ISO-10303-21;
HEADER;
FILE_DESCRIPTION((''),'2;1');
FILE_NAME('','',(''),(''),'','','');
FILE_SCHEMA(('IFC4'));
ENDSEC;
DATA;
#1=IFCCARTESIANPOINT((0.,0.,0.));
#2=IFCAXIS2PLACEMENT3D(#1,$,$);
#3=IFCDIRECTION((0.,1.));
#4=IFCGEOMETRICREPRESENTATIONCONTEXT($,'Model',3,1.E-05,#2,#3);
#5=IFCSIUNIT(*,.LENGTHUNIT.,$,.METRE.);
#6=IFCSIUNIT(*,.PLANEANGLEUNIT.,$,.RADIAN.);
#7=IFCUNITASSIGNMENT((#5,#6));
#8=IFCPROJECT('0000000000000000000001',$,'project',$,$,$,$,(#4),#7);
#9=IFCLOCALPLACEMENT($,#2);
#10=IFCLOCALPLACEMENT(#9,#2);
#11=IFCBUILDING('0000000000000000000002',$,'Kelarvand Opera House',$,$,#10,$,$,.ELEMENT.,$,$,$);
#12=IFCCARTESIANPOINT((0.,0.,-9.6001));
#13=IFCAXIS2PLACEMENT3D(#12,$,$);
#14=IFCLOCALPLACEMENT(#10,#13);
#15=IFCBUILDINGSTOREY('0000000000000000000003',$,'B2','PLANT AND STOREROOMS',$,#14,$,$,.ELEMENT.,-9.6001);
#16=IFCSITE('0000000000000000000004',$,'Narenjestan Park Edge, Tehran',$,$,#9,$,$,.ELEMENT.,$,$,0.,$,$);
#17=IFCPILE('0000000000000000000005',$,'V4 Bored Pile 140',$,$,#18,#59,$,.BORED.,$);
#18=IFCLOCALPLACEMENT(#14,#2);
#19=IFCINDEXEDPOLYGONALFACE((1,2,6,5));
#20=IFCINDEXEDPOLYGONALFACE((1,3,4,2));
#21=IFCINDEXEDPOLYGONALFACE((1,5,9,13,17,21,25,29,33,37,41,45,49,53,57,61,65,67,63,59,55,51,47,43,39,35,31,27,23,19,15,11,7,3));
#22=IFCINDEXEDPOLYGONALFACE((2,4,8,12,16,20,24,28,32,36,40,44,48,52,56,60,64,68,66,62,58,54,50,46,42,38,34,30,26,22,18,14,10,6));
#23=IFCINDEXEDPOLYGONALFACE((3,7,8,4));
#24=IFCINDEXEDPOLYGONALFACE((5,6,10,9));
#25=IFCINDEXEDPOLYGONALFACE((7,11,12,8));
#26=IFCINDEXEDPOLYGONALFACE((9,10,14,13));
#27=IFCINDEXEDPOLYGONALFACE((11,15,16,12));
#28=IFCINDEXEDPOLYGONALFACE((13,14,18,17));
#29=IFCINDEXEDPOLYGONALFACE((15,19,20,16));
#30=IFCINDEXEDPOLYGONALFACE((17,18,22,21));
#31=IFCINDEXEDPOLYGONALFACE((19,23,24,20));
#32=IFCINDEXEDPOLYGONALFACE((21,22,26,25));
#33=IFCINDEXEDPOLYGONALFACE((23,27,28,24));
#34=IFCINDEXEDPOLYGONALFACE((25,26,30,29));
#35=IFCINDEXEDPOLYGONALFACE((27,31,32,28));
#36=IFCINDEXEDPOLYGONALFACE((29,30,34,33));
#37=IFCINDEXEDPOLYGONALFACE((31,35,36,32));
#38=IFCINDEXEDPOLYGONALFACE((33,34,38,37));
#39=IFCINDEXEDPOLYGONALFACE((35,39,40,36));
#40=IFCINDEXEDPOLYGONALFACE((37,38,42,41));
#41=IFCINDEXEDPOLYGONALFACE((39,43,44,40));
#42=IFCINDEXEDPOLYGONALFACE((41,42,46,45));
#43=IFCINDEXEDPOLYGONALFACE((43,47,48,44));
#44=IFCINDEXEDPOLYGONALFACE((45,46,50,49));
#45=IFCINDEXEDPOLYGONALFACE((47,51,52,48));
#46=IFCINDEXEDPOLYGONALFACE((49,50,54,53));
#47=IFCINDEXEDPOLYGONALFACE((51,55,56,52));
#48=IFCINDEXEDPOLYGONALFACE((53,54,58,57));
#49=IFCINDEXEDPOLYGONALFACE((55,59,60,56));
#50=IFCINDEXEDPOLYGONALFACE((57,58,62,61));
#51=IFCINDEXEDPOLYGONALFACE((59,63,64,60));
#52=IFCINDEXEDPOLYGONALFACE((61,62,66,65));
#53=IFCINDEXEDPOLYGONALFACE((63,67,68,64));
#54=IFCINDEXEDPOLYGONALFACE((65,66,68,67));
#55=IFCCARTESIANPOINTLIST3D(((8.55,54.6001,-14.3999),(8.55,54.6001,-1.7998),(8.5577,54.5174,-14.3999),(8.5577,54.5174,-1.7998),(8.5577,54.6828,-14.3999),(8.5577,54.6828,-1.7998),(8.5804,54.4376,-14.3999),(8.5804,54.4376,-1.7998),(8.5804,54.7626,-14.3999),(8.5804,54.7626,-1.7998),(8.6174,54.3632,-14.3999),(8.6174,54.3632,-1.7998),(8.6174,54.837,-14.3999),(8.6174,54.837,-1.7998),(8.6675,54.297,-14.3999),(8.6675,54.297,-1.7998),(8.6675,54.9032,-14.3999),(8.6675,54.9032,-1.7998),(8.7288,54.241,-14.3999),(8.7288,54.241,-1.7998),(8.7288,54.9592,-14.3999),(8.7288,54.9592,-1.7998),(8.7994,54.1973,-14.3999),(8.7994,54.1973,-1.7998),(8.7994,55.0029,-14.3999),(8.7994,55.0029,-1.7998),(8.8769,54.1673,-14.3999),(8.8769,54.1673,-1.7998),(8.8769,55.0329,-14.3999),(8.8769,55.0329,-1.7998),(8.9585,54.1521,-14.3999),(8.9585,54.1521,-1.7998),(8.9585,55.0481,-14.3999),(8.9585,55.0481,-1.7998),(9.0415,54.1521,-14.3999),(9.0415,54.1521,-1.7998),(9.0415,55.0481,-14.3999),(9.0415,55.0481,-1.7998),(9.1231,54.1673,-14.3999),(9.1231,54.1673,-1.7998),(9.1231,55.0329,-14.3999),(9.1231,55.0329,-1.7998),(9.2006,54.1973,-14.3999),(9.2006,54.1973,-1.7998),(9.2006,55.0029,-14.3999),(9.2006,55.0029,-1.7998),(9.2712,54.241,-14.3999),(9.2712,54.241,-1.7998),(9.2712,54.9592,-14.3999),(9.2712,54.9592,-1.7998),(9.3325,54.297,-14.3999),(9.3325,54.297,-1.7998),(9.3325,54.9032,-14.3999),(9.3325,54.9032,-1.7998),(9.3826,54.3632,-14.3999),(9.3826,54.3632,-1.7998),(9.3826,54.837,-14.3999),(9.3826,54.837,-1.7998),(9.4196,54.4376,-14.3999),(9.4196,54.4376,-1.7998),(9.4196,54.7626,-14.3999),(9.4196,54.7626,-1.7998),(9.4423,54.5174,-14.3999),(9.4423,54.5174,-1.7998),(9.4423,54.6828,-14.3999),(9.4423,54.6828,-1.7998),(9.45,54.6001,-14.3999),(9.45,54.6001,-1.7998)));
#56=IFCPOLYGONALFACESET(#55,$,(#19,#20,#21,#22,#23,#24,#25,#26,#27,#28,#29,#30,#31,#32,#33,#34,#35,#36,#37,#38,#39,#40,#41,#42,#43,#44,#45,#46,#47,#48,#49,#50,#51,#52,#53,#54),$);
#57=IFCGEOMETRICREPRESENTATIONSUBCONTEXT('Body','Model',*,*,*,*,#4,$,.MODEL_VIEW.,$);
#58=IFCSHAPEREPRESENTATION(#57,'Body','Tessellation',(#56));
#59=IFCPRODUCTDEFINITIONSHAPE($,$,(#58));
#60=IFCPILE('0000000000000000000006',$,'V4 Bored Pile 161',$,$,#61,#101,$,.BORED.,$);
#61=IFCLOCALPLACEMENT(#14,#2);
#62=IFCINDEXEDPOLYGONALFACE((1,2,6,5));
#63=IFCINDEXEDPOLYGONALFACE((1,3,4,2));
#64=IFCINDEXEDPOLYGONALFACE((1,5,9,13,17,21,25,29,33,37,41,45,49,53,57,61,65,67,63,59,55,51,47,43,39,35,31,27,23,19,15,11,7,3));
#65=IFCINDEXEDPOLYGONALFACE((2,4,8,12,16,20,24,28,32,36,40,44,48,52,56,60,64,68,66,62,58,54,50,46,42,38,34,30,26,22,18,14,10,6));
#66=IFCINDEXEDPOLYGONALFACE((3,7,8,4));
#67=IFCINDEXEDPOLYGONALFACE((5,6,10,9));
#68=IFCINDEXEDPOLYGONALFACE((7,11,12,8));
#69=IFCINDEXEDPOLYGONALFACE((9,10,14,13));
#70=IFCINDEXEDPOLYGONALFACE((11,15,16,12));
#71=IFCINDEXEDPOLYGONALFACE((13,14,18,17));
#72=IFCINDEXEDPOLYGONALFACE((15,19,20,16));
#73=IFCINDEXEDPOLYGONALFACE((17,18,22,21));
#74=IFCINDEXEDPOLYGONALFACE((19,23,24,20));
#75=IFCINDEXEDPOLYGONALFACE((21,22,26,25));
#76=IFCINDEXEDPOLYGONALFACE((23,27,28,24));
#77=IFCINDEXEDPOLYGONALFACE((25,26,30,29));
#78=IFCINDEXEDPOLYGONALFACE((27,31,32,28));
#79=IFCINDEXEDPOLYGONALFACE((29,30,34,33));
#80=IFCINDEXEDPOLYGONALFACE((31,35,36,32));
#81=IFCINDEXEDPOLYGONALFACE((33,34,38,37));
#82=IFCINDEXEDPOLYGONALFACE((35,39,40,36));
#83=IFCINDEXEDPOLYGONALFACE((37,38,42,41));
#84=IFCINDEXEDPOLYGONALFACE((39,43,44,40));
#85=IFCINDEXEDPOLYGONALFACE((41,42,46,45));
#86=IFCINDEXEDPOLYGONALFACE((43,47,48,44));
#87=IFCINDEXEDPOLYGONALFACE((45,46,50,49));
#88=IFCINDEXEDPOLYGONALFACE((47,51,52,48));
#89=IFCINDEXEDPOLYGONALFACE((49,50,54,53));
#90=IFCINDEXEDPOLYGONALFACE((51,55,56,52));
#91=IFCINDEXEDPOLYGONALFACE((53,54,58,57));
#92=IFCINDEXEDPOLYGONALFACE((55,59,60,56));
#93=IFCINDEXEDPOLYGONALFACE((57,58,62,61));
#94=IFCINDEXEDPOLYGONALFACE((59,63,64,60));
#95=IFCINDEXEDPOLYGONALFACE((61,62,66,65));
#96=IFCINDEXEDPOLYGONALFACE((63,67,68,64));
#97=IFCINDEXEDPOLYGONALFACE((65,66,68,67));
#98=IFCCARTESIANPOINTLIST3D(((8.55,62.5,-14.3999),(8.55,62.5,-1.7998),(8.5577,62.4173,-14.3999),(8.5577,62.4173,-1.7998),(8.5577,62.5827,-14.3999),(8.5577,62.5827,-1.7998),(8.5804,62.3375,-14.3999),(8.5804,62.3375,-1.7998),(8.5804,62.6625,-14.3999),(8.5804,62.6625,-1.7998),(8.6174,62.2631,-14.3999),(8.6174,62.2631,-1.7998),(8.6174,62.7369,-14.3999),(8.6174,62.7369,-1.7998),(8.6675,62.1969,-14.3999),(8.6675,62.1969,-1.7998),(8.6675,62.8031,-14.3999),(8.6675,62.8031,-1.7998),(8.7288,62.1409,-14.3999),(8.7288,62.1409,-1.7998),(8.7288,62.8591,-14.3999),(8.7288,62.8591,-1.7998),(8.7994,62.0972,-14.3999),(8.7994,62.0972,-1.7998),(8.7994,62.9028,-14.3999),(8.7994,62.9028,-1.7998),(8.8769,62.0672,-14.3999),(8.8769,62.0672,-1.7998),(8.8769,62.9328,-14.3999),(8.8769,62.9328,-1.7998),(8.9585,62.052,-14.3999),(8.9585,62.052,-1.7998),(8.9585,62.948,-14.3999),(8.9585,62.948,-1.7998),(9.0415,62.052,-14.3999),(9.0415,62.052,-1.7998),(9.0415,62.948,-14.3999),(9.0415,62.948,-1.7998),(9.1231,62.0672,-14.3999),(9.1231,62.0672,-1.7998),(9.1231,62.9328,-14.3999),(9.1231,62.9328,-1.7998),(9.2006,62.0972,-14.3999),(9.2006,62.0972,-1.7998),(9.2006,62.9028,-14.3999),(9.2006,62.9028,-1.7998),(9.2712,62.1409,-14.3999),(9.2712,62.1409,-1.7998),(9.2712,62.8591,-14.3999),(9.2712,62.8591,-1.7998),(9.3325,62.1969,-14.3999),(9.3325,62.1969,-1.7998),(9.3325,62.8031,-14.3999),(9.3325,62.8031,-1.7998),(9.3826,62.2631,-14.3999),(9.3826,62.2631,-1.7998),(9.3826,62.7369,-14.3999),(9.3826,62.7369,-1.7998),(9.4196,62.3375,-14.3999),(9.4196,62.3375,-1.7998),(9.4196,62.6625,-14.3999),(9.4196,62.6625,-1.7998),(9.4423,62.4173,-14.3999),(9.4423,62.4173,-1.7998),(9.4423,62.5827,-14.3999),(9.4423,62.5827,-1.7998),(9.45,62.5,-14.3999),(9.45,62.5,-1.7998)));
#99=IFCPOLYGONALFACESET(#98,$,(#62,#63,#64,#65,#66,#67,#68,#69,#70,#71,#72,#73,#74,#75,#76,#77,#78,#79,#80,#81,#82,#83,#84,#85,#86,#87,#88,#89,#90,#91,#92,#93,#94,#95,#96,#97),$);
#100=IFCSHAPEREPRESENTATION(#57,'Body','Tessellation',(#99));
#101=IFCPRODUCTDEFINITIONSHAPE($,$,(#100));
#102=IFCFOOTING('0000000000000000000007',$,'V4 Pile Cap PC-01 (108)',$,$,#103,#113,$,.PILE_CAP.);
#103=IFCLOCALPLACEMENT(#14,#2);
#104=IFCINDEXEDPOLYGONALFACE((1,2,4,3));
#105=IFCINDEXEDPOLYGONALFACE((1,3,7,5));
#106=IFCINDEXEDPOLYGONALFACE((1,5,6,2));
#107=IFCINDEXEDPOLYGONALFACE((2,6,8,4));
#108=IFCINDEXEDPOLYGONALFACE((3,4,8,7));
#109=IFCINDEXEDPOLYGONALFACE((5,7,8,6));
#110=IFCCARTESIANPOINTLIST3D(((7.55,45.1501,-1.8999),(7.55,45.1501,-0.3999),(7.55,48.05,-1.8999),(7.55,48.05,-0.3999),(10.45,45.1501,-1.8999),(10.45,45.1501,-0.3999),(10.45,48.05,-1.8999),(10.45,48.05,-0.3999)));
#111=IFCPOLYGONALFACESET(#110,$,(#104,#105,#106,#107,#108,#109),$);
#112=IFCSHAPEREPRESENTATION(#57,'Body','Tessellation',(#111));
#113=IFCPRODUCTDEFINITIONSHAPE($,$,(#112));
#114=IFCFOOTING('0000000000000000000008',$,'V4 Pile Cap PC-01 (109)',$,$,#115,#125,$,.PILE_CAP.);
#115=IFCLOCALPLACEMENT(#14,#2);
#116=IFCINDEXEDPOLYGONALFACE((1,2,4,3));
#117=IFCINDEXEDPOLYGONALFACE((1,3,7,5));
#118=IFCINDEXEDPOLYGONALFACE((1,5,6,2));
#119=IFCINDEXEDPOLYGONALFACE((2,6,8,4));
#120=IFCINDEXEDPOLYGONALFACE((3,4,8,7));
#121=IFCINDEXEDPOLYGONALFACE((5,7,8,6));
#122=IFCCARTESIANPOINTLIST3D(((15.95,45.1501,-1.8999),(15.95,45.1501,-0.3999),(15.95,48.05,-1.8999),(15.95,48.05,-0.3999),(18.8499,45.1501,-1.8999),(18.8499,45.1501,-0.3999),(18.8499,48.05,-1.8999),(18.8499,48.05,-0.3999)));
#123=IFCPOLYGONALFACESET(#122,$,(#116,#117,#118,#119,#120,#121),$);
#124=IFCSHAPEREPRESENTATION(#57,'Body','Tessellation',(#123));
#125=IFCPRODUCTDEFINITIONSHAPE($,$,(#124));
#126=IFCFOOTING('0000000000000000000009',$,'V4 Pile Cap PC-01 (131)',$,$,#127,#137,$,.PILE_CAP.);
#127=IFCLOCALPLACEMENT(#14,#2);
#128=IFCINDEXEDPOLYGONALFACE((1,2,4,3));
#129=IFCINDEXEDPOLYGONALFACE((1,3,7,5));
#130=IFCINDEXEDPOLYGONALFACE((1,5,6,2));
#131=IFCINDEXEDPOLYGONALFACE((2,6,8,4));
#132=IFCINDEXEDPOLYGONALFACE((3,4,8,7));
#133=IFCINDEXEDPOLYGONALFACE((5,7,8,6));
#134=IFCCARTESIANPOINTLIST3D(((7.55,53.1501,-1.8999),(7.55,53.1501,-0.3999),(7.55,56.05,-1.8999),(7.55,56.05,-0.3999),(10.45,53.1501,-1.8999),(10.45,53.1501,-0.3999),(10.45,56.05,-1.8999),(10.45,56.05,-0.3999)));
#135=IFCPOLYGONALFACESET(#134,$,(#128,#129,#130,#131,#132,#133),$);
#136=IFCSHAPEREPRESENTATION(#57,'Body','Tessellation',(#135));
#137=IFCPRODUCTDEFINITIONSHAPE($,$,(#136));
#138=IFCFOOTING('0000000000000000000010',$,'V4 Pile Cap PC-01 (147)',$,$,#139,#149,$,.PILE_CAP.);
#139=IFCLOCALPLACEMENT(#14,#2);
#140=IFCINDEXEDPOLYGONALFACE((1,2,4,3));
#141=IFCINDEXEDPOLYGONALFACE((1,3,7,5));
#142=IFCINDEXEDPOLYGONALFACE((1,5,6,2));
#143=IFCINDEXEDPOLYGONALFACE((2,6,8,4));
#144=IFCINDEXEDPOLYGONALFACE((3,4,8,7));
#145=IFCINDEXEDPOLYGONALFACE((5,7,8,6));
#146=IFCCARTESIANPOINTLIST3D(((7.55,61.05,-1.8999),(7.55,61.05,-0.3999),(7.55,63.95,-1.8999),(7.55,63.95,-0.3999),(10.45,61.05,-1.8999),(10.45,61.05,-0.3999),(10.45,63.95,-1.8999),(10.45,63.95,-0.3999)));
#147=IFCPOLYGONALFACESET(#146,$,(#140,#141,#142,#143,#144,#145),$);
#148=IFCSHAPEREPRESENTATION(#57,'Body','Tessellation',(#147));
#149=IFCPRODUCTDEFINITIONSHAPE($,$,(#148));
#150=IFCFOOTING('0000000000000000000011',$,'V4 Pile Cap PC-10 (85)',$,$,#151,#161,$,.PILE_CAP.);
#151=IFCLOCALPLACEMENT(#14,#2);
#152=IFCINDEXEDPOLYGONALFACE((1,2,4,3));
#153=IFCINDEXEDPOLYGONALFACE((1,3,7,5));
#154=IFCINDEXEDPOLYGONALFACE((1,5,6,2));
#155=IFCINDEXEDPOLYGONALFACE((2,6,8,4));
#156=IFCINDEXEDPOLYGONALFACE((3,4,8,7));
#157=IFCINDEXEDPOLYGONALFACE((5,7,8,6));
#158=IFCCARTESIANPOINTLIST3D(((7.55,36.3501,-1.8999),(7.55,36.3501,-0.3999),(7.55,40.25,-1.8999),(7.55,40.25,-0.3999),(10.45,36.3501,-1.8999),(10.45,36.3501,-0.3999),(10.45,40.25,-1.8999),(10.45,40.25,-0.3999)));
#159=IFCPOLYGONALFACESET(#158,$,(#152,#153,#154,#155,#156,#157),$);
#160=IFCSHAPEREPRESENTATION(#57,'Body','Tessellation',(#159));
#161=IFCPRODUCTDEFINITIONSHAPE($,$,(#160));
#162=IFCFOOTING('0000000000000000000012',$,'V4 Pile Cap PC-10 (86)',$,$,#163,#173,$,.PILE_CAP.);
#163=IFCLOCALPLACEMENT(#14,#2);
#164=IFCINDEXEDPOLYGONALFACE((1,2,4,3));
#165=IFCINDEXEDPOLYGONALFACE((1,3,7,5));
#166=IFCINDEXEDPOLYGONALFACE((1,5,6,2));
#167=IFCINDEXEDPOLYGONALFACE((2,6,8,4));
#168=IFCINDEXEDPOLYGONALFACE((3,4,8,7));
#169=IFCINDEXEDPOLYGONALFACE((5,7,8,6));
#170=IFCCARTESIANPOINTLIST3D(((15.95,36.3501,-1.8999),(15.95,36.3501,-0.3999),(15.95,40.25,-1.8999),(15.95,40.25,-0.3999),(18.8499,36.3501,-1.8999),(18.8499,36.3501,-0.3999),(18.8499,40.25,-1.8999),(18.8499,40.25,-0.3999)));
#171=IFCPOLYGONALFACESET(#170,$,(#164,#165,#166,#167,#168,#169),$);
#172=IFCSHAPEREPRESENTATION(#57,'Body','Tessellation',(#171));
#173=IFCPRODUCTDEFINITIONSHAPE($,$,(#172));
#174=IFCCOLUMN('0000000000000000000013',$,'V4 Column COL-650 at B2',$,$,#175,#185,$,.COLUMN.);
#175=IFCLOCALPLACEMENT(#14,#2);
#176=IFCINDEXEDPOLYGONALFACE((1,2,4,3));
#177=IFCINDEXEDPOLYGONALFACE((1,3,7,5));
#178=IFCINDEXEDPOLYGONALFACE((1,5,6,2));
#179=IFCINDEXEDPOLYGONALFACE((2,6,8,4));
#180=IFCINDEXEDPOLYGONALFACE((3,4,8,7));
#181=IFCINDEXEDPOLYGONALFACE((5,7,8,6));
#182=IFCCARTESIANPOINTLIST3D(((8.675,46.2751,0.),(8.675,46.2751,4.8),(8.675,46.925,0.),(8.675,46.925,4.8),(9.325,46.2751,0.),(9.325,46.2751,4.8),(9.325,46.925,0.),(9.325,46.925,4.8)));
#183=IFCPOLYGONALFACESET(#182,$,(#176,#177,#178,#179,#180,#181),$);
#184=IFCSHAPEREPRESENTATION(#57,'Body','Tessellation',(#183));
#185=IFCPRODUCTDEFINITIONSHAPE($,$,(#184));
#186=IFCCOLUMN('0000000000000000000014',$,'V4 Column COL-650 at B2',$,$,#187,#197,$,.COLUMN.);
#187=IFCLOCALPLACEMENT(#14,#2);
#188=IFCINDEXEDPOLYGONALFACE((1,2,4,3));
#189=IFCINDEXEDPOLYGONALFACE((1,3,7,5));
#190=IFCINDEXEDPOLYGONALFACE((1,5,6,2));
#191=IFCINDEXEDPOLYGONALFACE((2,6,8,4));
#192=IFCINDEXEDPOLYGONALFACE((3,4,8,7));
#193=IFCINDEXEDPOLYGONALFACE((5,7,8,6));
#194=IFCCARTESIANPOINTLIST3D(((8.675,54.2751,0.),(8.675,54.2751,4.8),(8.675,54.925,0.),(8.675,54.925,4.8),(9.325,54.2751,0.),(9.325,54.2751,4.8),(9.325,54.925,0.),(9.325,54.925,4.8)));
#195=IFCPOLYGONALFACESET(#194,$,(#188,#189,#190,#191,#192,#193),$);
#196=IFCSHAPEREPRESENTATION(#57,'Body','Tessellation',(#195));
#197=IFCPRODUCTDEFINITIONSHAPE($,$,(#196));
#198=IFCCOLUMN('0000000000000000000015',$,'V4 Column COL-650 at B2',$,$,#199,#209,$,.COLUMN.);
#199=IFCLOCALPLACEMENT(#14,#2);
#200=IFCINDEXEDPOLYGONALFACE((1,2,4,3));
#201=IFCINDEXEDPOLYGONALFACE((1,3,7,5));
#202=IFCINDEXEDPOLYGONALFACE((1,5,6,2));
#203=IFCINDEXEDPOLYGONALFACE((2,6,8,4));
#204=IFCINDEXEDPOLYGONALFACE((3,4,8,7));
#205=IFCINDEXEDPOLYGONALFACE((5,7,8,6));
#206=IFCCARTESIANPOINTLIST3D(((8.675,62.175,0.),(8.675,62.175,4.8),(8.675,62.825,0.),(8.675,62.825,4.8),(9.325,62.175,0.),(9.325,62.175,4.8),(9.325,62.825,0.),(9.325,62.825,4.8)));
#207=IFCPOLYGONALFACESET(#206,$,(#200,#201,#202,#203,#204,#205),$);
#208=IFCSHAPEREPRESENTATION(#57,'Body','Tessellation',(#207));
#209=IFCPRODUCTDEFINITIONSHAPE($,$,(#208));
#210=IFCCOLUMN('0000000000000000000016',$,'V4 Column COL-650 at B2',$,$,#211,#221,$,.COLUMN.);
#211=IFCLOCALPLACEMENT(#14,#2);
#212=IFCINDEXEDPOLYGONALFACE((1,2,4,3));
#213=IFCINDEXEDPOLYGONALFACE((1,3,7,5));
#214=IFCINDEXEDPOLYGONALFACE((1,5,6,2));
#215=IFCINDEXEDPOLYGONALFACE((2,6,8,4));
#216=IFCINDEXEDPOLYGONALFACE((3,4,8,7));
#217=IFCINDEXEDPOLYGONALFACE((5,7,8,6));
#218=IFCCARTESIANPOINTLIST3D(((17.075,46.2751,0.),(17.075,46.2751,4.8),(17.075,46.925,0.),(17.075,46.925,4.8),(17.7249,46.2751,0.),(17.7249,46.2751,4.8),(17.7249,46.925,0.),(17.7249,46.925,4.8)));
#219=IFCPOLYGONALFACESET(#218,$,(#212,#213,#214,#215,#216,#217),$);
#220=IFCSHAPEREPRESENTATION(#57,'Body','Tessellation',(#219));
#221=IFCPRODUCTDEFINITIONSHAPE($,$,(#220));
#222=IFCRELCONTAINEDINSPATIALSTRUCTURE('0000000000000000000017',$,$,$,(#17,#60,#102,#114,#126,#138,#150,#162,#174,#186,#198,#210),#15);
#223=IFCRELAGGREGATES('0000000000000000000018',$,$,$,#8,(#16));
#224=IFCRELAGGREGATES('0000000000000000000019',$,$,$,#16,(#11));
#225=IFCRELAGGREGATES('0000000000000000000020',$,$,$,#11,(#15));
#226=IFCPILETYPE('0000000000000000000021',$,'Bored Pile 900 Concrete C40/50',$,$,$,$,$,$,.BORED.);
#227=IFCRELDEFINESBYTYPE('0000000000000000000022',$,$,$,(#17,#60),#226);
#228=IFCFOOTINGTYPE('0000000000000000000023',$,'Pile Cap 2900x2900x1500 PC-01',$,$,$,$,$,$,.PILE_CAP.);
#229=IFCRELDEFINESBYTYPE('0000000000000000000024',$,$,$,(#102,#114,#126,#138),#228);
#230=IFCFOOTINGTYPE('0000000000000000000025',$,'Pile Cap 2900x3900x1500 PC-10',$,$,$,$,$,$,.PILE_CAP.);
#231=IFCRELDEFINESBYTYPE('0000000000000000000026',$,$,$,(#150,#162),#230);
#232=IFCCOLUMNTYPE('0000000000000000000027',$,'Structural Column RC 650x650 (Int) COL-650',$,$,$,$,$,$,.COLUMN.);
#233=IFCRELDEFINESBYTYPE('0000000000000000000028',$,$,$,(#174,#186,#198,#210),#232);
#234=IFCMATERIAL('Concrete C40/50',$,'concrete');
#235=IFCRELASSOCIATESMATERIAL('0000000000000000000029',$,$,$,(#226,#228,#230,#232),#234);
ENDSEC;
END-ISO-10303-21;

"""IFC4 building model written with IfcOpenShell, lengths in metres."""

from ifc_helpers import new_model, si_unit, direction, frame, origin, origin_2d, place, context, subcontext, project, spatial, rectangle, circle, extrude, material, material_profile, profile_set, type_object, element, save


model = new_model("IFC4")

# Units and contexts
model_context = context("Model", 3, precision=1e-05, world=origin(), true_north=direction((0.0, 1.0)))
body_context = subcontext(model_context, "Body", "Model", "MODEL_VIEW")
ifc_project = project(units=[si_unit("LENGTHUNIT", "METRE"), si_unit("PLANEANGLEUNIT", "RADIAN")], contexts=[model_context])

# Site, building, storey
site_placement = place(None, origin())
site = spatial("IfcSite", under=ifc_project, at=site_placement, Name="Narenjestan Park Edge, Tehran", CompositionType="ELEMENT", RefElevation=0.0)
building_placement = place(site_placement, origin())
building = spatial("IfcBuilding", under=site, at=building_placement, Name="Kelarvand Opera House", CompositionType="ELEMENT")
storey_placement = place(building_placement, frame((0.0, 0.0, -9.6001)))
storey = spatial("IfcBuildingStorey", under=building, at=storey_placement, Name="B2", Description="PLANT AND STOREROOMS", CompositionType="ELEMENT", Elevation=-9.6001)

# Piles
ifc_material_1 = material(Name="Concrete C40/50", Category="concrete")
ifc_material_profile_1 = material_profile(ifc_material_1, circle(Radius=0.45, at=origin_2d()), Name="BP 900", Category="concrete")
ifc_profile_set_1 = profile_set([ifc_material_profile_1], Name="Concrete C40/50")
pile_type = type_object("IfcPileType", Name="Bored Pile 900 Concrete C40/50", PredefinedType="BORED", material=ifc_profile_set_1)
for number, where, z_axis, x_axis, name in (
    (1, (9.0, 54.6001, -1.7998), (0.0, 0.0, -1.0), (1.0, 0.0, 0.0), "V4 Bored Pile 140"),
    (2, (9.0, 62.5, -1.7998), (0.0, 0.0, -1.0), (1.0, 0.0, 0.0), "V4 Bored Pile 161"),
):
    element("IfcPile", number, at=place(storey_placement, frame(where, z_axis=z_axis, x_axis=x_axis)), inside=storey, type_object=pile_type, Name=name, PredefinedType="BORED", context=body_context, shape_type="SweptSolid", body=[
        extrude(circle(Radius=0.45, at=origin_2d()), origin(), (0.0, 0.0, 1.0), 12.6001),
    ])

# Footings
footing_type_1 = type_object("IfcFootingType", Name="Pile Cap 2900x2900x1500 PC-01", PredefinedType="PILE_CAP", material=ifc_material_1)
for number, where, z_axis, x_axis, name in (
    (3, (9.0, 46.6001, -1.8999), (0.0, 0.0, 1.0), (1.0, 0.0, 0.0), "V4 Pile Cap PC-01 (108)"),
    (4, (17.3999, 46.6001, -1.8999), (0.0, 0.0, 1.0), (1.0, 0.0, 0.0), "V4 Pile Cap PC-01 (109)"),
    (5, (9.0, 54.6001, -1.8999), (0.0, 0.0, 1.0), (1.0, 0.0, 0.0), "V4 Pile Cap PC-01 (131)"),
    (6, (9.0, 62.5, -1.8999), (0.0, 0.0, 1.0), (1.0, 0.0, 0.0), "V4 Pile Cap PC-01 (147)"),
):
    element("IfcFooting", number, at=place(storey_placement, frame(where, z_axis=z_axis, x_axis=x_axis)), inside=storey, type_object=footing_type_1, Name=name, PredefinedType="PILE_CAP", context=body_context, shape_type="SweptSolid", body=[
        extrude(rectangle(XDim=2.8999, YDim=2.8999, at=origin_2d()), origin(), (0.0, 0.0, 1.0), 1.5),
    ])
footing_type_2 = type_object("IfcFootingType", Name="Pile Cap 2900x3900x1500 PC-10", PredefinedType="PILE_CAP", material=ifc_material_1)
for number, where, z_axis, x_axis, name in (
    (7, (9.0, 38.3, -1.8999), (0.0, 0.0, 1.0), (1.0, 0.0, 0.0), "V4 Pile Cap PC-10 (85)"),
    (8, (17.3999, 38.3, -1.8999), (0.0, 0.0, 1.0), (1.0, 0.0, 0.0), "V4 Pile Cap PC-10 (86)"),
):
    element("IfcFooting", number, at=place(storey_placement, frame(where, z_axis=z_axis, x_axis=x_axis)), inside=storey, type_object=footing_type_2, Name=name, PredefinedType="PILE_CAP", context=body_context, shape_type="SweptSolid", body=[
        extrude(rectangle(XDim=2.8999, YDim=3.8999, at=origin_2d()), origin(), (0.0, 0.0, 1.0), 1.5),
    ])

# Columns
ifc_material_profile_2 = material_profile(ifc_material_1, rectangle(XDim=0.6499, YDim=0.6499, at=origin_2d()), Name="RC 650x650", Category="concrete")
ifc_profile_set_2 = profile_set([ifc_material_profile_2], Name="Concrete C40/50")
column_type_1 = type_object("IfcColumnType", Name="Structural Column RC 650x650 (Int) COL-650", PredefinedType="COLUMN", material=ifc_profile_set_2)
for number, where, z_axis, x_axis, name in (
    (9, (9.0, 46.6001, 0.0), (0.0, 0.0, 1.0), (1.0, 0.0, 0.0), "V4 Column COL-650 at B2"),
    (10, (9.0, 54.6001, 0.0), (0.0, 0.0, 1.0), (1.0, 0.0, 0.0), "V4 Column COL-650 at B2"),
    (11, (9.0, 62.5, 0.0), (0.0, 0.0, 1.0), (1.0, 0.0, 0.0), "V4 Column COL-650 at B2"),
    (12, (17.3999, 46.6001, 0.0), (0.0, 0.0, 1.0), (1.0, 0.0, 0.0), "V4 Column COL-650 at B2"),
):
    element("IfcColumn", number, at=place(storey_placement, frame(where, z_axis=z_axis, x_axis=x_axis)), inside=storey, type_object=column_type_1, Name=name, PredefinedType="COLUMN", context=body_context, shape_type="SweptSolid", body=[
        extrude(rectangle(XDim=0.6499, YDim=0.6499, at=origin_2d()), origin(), (0.0, 0.0, 1.0), 4.8),
    ])

save(model, "model.ifc")
